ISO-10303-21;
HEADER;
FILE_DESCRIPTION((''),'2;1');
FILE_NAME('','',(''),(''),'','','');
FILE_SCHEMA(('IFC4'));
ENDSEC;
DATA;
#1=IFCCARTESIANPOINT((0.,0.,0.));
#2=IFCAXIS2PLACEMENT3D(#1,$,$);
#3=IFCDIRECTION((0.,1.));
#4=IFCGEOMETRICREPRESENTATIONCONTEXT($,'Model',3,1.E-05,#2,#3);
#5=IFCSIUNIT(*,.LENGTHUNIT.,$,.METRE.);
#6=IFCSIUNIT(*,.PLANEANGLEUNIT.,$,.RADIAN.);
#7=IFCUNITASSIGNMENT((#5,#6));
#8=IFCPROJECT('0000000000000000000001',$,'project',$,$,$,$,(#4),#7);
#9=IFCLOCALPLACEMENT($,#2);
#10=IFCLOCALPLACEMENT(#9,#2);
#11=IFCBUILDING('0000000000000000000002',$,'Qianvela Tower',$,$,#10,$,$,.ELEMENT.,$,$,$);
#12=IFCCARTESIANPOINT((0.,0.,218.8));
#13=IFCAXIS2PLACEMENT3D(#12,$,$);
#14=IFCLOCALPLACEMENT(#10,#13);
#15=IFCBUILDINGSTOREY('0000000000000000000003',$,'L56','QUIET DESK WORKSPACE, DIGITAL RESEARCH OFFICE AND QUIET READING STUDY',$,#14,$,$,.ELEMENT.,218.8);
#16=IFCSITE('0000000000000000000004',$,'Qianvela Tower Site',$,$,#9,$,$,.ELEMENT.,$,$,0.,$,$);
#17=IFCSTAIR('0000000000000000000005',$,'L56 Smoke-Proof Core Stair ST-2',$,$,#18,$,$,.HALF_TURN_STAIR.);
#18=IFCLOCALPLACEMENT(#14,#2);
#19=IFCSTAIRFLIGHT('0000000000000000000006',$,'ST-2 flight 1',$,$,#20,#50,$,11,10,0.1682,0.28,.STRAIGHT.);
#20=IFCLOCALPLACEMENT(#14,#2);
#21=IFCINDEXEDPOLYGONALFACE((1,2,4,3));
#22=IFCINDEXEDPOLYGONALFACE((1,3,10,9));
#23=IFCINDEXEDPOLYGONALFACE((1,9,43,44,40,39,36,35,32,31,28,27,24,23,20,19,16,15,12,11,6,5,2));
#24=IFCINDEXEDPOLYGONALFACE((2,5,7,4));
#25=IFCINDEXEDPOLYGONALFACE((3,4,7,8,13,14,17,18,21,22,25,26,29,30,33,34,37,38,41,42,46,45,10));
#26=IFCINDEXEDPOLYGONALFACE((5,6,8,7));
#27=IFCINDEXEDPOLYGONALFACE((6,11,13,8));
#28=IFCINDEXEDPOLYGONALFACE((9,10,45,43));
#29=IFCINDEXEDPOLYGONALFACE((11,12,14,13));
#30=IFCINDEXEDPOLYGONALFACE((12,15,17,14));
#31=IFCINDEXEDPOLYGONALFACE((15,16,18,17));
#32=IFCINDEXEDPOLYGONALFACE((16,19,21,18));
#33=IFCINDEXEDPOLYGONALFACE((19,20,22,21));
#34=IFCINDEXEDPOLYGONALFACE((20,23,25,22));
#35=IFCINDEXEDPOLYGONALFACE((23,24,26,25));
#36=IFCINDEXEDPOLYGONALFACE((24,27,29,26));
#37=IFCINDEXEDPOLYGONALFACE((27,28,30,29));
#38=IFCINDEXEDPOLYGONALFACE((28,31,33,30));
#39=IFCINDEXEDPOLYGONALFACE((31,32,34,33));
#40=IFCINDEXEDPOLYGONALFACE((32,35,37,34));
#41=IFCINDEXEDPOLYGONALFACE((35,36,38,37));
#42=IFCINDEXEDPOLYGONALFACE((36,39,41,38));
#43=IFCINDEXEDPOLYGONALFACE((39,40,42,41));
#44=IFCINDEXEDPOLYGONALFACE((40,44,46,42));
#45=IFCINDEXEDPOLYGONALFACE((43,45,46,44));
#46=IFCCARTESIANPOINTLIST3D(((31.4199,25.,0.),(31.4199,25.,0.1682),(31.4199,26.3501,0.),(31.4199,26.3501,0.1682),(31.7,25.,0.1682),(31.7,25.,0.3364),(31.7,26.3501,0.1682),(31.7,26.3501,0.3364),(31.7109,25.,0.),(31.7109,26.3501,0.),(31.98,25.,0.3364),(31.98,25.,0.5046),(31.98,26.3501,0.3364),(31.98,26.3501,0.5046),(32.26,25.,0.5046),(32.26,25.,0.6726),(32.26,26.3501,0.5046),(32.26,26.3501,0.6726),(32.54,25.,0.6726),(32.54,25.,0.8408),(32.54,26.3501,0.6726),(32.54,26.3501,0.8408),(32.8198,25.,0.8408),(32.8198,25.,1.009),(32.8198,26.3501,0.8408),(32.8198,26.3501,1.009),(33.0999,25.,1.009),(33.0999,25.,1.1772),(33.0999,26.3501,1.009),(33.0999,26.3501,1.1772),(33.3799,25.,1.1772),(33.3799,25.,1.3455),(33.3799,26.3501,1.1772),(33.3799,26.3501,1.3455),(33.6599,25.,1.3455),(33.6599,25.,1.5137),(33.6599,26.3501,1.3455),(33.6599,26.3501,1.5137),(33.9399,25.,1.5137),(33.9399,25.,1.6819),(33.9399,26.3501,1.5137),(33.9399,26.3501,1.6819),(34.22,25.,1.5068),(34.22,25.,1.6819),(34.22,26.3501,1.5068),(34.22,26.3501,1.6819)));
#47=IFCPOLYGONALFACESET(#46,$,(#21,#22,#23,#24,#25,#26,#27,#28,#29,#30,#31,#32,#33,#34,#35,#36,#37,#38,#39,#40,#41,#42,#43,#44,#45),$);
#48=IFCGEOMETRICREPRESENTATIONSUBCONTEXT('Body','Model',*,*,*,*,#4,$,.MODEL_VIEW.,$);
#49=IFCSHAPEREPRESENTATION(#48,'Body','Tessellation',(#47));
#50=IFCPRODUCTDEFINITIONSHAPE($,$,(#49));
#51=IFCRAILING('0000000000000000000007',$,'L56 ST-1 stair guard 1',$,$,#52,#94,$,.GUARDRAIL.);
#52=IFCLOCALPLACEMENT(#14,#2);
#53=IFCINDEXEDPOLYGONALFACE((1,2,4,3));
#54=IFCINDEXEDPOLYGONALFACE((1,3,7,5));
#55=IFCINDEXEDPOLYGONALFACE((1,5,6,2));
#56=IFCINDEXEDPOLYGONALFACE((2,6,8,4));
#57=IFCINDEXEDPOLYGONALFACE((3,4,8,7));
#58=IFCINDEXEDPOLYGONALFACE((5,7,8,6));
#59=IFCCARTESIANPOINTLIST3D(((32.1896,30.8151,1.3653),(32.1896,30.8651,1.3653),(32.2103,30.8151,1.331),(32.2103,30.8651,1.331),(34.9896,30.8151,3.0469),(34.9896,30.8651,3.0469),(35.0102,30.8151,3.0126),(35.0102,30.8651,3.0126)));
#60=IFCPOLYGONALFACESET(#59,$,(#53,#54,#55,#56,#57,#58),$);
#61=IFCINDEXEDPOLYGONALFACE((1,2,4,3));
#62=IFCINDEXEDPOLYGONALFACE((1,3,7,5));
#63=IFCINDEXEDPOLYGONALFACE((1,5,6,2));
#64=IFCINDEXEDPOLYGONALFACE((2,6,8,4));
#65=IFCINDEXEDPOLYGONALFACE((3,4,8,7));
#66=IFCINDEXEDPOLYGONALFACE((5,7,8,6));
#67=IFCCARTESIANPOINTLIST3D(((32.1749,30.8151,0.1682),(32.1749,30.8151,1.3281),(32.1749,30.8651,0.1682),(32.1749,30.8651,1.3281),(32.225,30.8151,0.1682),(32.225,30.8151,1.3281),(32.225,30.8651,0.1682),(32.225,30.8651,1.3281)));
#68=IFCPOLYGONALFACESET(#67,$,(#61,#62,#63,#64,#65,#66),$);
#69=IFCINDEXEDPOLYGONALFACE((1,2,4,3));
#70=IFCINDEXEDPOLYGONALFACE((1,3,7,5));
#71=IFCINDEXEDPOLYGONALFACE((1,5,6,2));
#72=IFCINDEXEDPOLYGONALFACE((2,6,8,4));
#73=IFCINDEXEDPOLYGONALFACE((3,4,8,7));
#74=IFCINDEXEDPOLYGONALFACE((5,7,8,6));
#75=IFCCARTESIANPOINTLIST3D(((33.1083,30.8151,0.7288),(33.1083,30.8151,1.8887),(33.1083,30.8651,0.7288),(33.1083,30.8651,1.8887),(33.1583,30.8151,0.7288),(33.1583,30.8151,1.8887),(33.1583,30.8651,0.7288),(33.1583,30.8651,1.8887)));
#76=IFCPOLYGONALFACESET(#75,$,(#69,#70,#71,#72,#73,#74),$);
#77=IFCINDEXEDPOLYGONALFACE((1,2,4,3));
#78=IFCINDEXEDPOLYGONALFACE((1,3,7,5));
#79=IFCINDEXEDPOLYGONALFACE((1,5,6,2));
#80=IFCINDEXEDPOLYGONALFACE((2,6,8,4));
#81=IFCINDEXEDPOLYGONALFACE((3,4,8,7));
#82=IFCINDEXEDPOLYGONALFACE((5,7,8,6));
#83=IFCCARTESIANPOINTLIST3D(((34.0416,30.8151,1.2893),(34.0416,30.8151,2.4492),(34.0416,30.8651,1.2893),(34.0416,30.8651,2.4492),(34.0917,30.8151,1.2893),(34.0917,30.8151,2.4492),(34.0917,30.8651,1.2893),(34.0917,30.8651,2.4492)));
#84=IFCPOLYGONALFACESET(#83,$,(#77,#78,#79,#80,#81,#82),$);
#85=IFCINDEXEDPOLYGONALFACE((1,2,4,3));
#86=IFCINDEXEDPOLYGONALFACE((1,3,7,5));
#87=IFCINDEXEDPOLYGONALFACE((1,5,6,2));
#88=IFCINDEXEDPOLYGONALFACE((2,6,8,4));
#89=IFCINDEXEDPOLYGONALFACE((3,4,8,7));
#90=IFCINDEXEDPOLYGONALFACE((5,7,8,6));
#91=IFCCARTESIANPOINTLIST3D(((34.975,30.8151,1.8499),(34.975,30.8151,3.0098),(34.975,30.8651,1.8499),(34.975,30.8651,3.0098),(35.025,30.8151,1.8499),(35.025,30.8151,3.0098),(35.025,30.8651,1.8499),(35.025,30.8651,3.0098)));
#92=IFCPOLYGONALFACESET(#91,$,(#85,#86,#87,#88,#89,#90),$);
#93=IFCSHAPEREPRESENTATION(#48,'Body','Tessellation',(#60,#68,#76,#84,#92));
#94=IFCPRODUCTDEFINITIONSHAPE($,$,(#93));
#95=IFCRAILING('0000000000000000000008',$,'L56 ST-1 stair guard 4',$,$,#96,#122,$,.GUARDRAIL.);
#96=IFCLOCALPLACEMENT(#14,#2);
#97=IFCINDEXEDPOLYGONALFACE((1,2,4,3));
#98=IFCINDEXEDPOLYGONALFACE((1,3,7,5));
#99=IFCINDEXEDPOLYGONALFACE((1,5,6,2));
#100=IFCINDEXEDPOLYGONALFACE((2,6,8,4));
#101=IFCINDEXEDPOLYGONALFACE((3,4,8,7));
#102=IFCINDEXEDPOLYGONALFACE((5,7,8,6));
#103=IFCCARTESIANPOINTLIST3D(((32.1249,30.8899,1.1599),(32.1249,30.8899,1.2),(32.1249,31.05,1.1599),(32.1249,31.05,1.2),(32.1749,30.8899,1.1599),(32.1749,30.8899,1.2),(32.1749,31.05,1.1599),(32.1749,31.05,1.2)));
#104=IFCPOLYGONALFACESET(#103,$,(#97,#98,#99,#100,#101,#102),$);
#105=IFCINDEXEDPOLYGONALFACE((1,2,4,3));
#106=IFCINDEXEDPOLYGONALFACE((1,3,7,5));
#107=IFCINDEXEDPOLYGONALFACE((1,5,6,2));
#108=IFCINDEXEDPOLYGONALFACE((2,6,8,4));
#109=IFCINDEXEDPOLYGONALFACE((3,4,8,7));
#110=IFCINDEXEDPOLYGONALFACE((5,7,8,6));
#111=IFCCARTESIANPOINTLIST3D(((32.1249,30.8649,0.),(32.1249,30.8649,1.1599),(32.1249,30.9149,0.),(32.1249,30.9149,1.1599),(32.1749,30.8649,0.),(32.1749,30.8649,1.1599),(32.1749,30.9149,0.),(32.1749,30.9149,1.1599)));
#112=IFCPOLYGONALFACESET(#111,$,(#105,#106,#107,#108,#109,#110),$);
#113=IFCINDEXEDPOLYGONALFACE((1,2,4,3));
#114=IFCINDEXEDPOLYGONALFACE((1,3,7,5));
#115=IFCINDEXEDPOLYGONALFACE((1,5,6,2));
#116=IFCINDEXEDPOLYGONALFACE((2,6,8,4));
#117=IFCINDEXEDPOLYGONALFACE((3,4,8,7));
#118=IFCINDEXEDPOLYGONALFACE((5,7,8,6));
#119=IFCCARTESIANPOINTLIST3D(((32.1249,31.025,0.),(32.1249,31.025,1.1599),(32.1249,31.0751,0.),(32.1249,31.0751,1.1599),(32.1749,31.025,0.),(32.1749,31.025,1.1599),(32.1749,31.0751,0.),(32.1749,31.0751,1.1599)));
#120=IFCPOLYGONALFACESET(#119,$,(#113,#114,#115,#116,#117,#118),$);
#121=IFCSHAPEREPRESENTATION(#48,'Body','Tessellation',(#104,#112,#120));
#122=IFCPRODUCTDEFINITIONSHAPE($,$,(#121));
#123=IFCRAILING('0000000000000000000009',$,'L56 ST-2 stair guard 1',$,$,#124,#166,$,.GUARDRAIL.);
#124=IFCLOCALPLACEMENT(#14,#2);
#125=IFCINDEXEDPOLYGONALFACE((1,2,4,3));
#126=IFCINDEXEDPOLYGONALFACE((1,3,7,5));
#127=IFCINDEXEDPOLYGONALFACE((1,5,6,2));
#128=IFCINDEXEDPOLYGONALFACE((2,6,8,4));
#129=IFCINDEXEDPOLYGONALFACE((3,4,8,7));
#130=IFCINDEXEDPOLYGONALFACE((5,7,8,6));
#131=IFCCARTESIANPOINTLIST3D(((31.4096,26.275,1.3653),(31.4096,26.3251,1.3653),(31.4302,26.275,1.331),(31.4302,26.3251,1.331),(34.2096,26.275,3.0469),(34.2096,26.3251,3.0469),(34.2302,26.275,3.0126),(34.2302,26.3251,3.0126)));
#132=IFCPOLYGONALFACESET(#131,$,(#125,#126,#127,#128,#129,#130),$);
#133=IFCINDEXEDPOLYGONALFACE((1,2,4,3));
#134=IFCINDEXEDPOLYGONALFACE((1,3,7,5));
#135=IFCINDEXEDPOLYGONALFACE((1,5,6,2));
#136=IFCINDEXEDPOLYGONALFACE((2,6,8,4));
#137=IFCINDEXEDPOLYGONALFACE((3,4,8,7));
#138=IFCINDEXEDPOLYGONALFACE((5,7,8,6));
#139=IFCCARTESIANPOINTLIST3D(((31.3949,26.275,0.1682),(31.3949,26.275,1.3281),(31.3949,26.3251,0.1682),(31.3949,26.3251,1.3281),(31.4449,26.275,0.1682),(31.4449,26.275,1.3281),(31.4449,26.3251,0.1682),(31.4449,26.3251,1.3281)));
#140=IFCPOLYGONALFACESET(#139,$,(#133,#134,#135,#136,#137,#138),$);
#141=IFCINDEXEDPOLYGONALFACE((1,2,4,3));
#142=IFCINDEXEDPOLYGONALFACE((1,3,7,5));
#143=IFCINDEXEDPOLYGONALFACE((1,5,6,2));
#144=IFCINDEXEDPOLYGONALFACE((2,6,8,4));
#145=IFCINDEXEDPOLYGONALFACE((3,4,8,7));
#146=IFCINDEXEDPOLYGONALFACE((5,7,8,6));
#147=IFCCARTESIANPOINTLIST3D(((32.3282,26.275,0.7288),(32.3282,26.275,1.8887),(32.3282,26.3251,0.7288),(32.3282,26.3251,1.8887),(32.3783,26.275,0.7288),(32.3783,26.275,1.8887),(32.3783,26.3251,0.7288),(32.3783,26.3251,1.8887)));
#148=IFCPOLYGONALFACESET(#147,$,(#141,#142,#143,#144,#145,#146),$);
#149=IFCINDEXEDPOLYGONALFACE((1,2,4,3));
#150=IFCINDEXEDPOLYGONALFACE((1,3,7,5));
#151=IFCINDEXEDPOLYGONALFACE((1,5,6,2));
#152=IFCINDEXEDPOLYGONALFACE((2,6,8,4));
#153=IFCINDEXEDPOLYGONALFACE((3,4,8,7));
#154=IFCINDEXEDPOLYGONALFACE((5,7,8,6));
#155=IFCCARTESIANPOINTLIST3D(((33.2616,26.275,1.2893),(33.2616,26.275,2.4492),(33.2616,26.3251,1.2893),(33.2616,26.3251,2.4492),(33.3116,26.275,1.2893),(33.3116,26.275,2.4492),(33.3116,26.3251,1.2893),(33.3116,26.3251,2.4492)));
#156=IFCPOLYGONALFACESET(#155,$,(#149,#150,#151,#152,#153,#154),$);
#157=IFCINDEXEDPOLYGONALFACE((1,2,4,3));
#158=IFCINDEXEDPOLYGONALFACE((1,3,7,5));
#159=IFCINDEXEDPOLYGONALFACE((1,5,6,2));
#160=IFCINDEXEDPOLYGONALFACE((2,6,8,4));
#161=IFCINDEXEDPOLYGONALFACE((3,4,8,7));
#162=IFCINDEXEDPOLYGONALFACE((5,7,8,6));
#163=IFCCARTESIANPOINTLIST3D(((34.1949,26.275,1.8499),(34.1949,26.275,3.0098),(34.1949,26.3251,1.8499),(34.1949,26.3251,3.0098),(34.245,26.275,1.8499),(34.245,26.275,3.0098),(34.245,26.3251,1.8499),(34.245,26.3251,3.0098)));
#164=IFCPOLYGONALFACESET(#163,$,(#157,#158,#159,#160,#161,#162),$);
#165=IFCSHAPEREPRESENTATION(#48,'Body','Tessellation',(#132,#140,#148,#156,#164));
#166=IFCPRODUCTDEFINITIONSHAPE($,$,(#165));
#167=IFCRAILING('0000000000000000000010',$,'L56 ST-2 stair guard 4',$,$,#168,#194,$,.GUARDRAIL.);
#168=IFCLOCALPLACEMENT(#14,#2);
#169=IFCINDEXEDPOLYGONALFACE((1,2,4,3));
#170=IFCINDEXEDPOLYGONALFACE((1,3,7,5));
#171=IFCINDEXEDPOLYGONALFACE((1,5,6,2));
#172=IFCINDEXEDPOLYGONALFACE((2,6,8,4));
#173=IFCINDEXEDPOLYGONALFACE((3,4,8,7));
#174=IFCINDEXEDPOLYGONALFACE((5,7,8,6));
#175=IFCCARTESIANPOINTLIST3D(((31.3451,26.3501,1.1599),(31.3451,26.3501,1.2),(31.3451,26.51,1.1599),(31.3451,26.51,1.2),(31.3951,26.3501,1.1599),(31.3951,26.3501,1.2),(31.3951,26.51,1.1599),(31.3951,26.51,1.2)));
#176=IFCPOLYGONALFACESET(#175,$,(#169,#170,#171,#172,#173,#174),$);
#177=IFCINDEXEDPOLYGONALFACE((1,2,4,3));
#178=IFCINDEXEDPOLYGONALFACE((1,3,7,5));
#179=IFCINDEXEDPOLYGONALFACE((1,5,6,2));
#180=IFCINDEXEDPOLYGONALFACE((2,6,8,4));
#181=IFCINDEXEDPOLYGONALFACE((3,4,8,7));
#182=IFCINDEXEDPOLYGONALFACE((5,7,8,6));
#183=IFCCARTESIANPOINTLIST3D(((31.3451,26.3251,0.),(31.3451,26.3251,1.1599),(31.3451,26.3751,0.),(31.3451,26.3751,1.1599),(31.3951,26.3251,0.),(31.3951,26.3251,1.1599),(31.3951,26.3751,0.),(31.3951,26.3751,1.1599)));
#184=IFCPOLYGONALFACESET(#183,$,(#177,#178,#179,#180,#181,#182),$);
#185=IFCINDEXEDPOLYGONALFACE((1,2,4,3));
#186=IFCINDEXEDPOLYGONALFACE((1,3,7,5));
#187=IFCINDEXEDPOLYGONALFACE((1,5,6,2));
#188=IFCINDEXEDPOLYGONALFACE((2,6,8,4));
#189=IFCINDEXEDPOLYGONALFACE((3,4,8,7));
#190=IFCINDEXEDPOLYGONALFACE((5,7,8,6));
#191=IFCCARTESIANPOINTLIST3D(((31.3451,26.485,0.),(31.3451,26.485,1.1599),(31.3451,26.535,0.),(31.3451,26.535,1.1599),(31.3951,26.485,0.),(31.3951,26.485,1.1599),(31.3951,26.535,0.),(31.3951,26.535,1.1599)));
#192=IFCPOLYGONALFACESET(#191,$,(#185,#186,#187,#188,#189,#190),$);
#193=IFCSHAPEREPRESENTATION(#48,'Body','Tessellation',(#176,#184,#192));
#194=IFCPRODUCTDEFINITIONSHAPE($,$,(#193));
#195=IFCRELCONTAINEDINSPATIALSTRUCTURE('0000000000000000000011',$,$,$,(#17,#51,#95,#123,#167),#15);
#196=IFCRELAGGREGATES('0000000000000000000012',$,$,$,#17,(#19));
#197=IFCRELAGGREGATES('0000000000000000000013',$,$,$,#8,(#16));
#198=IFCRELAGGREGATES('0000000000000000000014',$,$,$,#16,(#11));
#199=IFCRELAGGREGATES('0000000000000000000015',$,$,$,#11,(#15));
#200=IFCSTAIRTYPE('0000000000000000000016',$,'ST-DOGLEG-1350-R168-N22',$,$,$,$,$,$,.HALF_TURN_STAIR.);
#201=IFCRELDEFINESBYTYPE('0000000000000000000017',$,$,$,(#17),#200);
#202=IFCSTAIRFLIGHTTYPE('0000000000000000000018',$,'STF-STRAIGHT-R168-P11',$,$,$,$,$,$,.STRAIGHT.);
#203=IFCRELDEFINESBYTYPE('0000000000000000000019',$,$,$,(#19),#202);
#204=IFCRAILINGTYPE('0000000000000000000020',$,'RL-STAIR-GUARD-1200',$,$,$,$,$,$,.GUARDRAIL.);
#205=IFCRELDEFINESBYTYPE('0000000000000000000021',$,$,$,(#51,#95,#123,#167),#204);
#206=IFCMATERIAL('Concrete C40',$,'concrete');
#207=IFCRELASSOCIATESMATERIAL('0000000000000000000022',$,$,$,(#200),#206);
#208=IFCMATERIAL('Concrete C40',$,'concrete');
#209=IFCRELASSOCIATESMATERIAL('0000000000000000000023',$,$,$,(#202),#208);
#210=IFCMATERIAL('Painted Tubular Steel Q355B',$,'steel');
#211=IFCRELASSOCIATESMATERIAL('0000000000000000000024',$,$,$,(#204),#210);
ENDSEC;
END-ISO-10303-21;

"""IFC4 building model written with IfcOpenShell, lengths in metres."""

from ifc_helpers import new_model, si_unit, direction, frame, origin, origin_2d, place, context, subcontext, project, spatial, polyline, rectangle, outline, extrude, material, type_object, element, aggregate, save


model = new_model("IFC4")

# Units and contexts
model_context = context("Model", 3, precision=1e-05, world=origin(), true_north=direction((0.0, 1.0)))
body_context = subcontext(model_context, "Body", "Model", "MODEL_VIEW")
ifc_project = project(units=[si_unit("LENGTHUNIT", "METRE"), si_unit("PLANEANGLEUNIT", "RADIAN")], contexts=[model_context])

# Site, building, storey
site_placement = place(None, origin())
site = spatial("IfcSite", under=ifc_project, at=site_placement, Name="Qianvela Tower Site", CompositionType="ELEMENT", RefElevation=0.0)
building_placement = place(site_placement, origin())
building = spatial("IfcBuilding", under=site, at=building_placement, Name="Qianvela Tower", CompositionType="ELEMENT")
storey_placement = place(building_placement, frame((0.0, 0.0, 218.8)))
storey = spatial("IfcBuildingStorey", under=building, at=storey_placement, Name="L56", Description="QUIET DESK WORKSPACE, DIGITAL RESEARCH OFFICE AND QUIET READING STUDY", CompositionType="ELEMENT", Elevation=218.8)

# Stair, stair flight
ifc_material_1 = material(Name="Concrete C40", Category="concrete")
stair_type = type_object("IfcStairType", Name="ST-DOGLEG-1350-R168-N22", PredefinedType="HALF_TURN_STAIR", material=ifc_material_1)
ifc_material_2 = material(Name="Concrete C40", Category="concrete")
stair_flight_type = type_object("IfcStairFlightType", Name="STF-STRAIGHT-R168-P11", PredefinedType="STRAIGHT", material=ifc_material_2)
stair_1_placement = place(storey_placement, origin())
stair_1 = element("IfcStair", 1, at=stair_1_placement, inside=storey, type_object=stair_type, Name="L56 Smoke-Proof Core Stair ST-2", PredefinedType="HALF_TURN_STAIR")
stair_flight_1_placement = place(storey_placement, frame((31.4199, 25.675, 0.0), z_axis=(0.0, 0.0, 1.0), x_axis=(1.0, 0.0, 0.0)))
stair_flight_1 = element("IfcStairFlight", 2, at=stair_flight_1_placement, type_object=stair_flight_type, Name="ST-2 flight 1", NumberOfRisers=11, NumberOfTreads=10, PredefinedType="STRAIGHT", RiserHeight=0.1682, TreadLength=0.28, context=body_context, shape_type="SweptSolid", body=[
    extrude(outline(polyline([(0.0, 0.0), (0.0, 0.1682), (0.28, 0.1682), (0.28, 0.3364), (0.5601, 0.3364), (0.5601, 0.5046), (0.8401, 0.5046), (0.8401, 0.6726), (1.1201, 0.6726), (1.1201, 0.8408), (1.3999, 0.8408), (1.3999, 1.009), (1.6799, 1.009), (1.6799, 1.1772), (1.96, 1.1772), (1.96, 1.3455), (2.24, 1.3455), (2.24, 1.5137), (2.52, 1.5137), (2.52, 1.6819), (2.8, 1.6819), (2.8, 1.8501), (2.8, 1.5068), (0.291, 0.0), (0.0, 0.0)])), frame((0.0, 0.675, 0.0), z_axis=(0.0, -1.0, 0.0), x_axis=(1.0, 0.0, 0.0)), (0.0, 0.0, 1.0), 1.3501),
])
aggregate(stair_1, [stair_flight_1])

# Railings
ifc_material_3 = material(Name="Painted Tubular Steel Q355B", Category="steel")
railing_type_1 = type_object("IfcRailingType", Name="RL-STAIR-GUARD-1200", PredefinedType="GUARDRAIL", material=ifc_material_3)
railing_1_placement = place(storey_placement, frame((32.2, 30.8401, 0.1682)))
element("IfcRailing", 3, at=railing_1_placement, inside=storey, type_object=railing_type_1, Name="L56 ST-1 stair guard 1", PredefinedType="GUARDRAIL", context=body_context, shape_type="SweptSolid", body=[
    extrude(rectangle(XDim=0.05, YDim=0.04, at=origin_2d()), frame((0.0, 0.0, 1.1799), z_axis=(0.857275, 0.0, 0.514858), x_axis=(0.0, 1.0, 0.0)), (0.0, 0.0, 1.0), 3.2661),
    extrude(rectangle(XDim=0.05, YDim=0.05, at=origin_2d()), origin(), (0.0, 0.0, 1.0), 1.1599),
    extrude(rectangle(XDim=0.05, YDim=0.05, at=origin_2d()), frame((0.9333, 0.0, 0.5605)), (0.0, 0.0, 1.0), 1.1599),
    extrude(rectangle(XDim=0.05, YDim=0.05, at=origin_2d()), frame((1.8667, 0.0, 1.1211)), (0.0, 0.0, 1.0), 1.1599),
    extrude(rectangle(XDim=0.05, YDim=0.05, at=origin_2d()), frame((2.8, 0.0, 1.6816)), (0.0, 0.0, 1.0), 1.1599),
])
railing_2_placement = place(storey_placement, frame((32.1499, 30.8899, 0.0)))
element("IfcRailing", 4, at=railing_2_placement, inside=storey, type_object=railing_type_1, Name="L56 ST-1 stair guard 4", PredefinedType="GUARDRAIL", context=body_context, shape_type="SweptSolid", body=[
    extrude(rectangle(XDim=0.05, YDim=0.04, at=origin_2d()), frame((0.0, 0.0, 1.1799), z_axis=(0.0, 1.0, 0.0), x_axis=(-1.0, 0.0, 0.0)), (0.0, 0.0, 1.0), 0.1602),
    extrude(rectangle(XDim=0.05, YDim=0.05, at=origin_2d()), origin(), (0.0, 0.0, 1.0), 1.1599),
    extrude(rectangle(XDim=0.05, YDim=0.05, at=origin_2d()), frame((0.0, 0.1602, 0.0)), (0.0, 0.0, 1.0), 1.1599),
])
railing_3_placement = place(storey_placement, frame((31.4199, 26.3, 0.1682)))
element("IfcRailing", 5, at=railing_3_placement, inside=storey, type_object=railing_type_1, Name="L56 ST-2 stair guard 1", PredefinedType="GUARDRAIL", context=body_context, shape_type="SweptSolid", body=[
    extrude(rectangle(XDim=0.05, YDim=0.04, at=origin_2d()), frame((0.0, 0.0, 1.1799), z_axis=(0.857275, 0.0, 0.514858), x_axis=(0.0, 1.0, 0.0)), (0.0, 0.0, 1.0), 3.2661),
    extrude(rectangle(XDim=0.05, YDim=0.05, at=origin_2d()), origin(), (0.0, 0.0, 1.0), 1.1599),
    extrude(rectangle(XDim=0.05, YDim=0.05, at=origin_2d()), frame((0.9333, 0.0, 0.5605)), (0.0, 0.0, 1.0), 1.1599),
    extrude(rectangle(XDim=0.05, YDim=0.05, at=origin_2d()), frame((1.8667, 0.0, 1.1211)), (0.0, 0.0, 1.0), 1.1599),
    extrude(rectangle(XDim=0.05, YDim=0.05, at=origin_2d()), frame((2.8, 0.0, 1.6816)), (0.0, 0.0, 1.0), 1.1599),
])
railing_4_placement = place(storey_placement, frame((31.3701, 26.3501, 0.0)))
element("IfcRailing", 6, at=railing_4_placement, inside=storey, type_object=railing_type_1, Name="L56 ST-2 stair guard 4", PredefinedType="GUARDRAIL", context=body_context, shape_type="SweptSolid", body=[
    extrude(rectangle(XDim=0.05, YDim=0.04, at=origin_2d()), frame((0.0, 0.0, 1.1799), z_axis=(0.0, 1.0, 0.0), x_axis=(-1.0, 0.0, 0.0)), (0.0, 0.0, 1.0), 0.1599),
    extrude(rectangle(XDim=0.05, YDim=0.05, at=origin_2d()), origin(), (0.0, 0.0, 1.0), 1.1599),
    extrude(rectangle(XDim=0.05, YDim=0.05, at=origin_2d()), frame((0.0, 0.1599, 0.0)), (0.0, 0.0, 1.0), 1.1599),
])

save(model, "model.ifc")
